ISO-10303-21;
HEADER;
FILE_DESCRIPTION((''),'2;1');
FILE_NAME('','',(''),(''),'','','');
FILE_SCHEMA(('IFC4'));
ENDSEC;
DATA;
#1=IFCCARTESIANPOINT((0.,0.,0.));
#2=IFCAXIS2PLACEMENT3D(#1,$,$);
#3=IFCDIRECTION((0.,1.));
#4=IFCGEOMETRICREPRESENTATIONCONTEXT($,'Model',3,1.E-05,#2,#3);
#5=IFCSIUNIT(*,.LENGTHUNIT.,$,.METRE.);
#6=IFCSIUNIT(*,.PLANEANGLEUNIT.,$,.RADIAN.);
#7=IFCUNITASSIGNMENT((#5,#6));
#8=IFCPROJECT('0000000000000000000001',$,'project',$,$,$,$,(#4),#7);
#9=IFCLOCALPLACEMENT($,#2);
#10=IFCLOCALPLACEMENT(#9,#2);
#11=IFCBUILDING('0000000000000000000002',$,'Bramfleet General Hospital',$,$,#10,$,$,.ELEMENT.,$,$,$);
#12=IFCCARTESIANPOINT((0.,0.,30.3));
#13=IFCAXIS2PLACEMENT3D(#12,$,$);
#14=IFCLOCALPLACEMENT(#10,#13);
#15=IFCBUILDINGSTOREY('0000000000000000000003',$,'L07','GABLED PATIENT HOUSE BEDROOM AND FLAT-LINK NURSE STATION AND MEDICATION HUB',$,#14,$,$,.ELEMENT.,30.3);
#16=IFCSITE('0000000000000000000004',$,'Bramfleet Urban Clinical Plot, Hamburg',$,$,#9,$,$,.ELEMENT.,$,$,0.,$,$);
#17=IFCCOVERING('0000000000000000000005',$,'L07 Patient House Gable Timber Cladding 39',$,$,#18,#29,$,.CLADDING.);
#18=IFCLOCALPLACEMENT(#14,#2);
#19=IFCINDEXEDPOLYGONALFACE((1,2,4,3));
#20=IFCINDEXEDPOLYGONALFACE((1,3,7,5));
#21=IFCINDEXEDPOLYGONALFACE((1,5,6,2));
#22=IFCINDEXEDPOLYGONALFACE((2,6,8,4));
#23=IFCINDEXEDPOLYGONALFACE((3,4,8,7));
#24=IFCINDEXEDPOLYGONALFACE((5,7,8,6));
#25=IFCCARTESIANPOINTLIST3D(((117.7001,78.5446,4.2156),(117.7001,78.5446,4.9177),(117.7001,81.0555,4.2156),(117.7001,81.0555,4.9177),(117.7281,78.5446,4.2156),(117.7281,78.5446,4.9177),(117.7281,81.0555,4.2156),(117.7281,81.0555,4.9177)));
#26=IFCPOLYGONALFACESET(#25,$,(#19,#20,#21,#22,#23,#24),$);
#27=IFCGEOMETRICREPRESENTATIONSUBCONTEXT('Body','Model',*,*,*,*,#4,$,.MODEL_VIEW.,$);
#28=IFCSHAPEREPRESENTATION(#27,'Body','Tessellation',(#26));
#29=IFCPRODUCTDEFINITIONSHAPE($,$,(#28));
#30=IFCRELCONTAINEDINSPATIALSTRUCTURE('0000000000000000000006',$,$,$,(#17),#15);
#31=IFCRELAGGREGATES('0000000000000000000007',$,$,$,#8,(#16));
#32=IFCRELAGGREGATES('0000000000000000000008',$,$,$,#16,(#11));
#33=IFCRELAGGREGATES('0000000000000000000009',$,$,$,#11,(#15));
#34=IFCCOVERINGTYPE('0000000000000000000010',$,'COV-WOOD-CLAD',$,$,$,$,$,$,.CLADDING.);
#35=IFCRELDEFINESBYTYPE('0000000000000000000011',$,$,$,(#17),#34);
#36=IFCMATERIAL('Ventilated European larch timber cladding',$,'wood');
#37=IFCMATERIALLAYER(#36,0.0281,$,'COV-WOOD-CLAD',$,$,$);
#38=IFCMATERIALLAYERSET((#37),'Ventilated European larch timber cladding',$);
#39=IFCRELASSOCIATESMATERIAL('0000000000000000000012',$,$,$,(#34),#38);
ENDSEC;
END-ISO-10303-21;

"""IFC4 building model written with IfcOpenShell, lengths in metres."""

from ifc_helpers import new_model, si_unit, direction, frame, origin, origin_2d, place, context, subcontext, project, spatial, rectangle, extrude, material, layer, layer_set, type_object, element, save


model = new_model("IFC4")

# Units and contexts
model_context = context("Model", 3, precision=1e-05, world=origin(), true_north=direction((0.0, 1.0)))
body_context = subcontext(model_context, "Body", "Model", "MODEL_VIEW")
ifc_project = project(units=[si_unit("LENGTHUNIT", "METRE"), si_unit("PLANEANGLEUNIT", "RADIAN")], contexts=[model_context])

# Site, building, storey
site_placement = place(None, origin())
site = spatial("IfcSite", under=ifc_project, at=site_placement, Name="Bramfleet Urban Clinical Plot, Hamburg", CompositionType="ELEMENT", RefElevation=0.0)
building_placement = place(site_placement, origin())
building = spatial("IfcBuilding", under=site, at=building_placement, Name="Bramfleet General Hospital", CompositionType="ELEMENT")
storey_placement = place(building_placement, frame((0.0, 0.0, 30.3)))
storey = spatial("IfcBuildingStorey", under=building, at=storey_placement, Name="L07", Description="GABLED PATIENT HOUSE BEDROOM AND FLAT-LINK NURSE STATION AND MEDICATION HUB", CompositionType="ELEMENT", Elevation=30.3)

# Covering
ifc_material_1 = material(Name="Ventilated European larch timber cladding", Category="wood")
ifc_layer_1 = layer(ifc_material_1, 0.0281, Name="COV-WOOD-CLAD")
ifc_layer_set_1 = layer_set([ifc_layer_1], Name="Ventilated European larch timber cladding")
covering_type = type_object("IfcCoveringType", Name="COV-WOOD-CLAD", PredefinedType="CLADDING", material=ifc_layer_set_1)
covering_1_placement = place(storey_placement, frame((117.7141, 79.8, 4.2156), z_axis=(0.0, 0.0, 1.0), x_axis=(0.0, -1.0, 0.0)))
element("IfcCovering", 1, at=covering_1_placement, inside=storey, type_object=covering_type, Name="L07 Patient House Gable Timber Cladding 39", PredefinedType="CLADDING", context=body_context, shape_type="SweptSolid", body=[
    extrude(rectangle(XDim=2.511, YDim=0.0281, at=origin_2d()), origin(), (0.0, 0.0, 1.0), 0.7021),
])

save(model, "model.ifc")
